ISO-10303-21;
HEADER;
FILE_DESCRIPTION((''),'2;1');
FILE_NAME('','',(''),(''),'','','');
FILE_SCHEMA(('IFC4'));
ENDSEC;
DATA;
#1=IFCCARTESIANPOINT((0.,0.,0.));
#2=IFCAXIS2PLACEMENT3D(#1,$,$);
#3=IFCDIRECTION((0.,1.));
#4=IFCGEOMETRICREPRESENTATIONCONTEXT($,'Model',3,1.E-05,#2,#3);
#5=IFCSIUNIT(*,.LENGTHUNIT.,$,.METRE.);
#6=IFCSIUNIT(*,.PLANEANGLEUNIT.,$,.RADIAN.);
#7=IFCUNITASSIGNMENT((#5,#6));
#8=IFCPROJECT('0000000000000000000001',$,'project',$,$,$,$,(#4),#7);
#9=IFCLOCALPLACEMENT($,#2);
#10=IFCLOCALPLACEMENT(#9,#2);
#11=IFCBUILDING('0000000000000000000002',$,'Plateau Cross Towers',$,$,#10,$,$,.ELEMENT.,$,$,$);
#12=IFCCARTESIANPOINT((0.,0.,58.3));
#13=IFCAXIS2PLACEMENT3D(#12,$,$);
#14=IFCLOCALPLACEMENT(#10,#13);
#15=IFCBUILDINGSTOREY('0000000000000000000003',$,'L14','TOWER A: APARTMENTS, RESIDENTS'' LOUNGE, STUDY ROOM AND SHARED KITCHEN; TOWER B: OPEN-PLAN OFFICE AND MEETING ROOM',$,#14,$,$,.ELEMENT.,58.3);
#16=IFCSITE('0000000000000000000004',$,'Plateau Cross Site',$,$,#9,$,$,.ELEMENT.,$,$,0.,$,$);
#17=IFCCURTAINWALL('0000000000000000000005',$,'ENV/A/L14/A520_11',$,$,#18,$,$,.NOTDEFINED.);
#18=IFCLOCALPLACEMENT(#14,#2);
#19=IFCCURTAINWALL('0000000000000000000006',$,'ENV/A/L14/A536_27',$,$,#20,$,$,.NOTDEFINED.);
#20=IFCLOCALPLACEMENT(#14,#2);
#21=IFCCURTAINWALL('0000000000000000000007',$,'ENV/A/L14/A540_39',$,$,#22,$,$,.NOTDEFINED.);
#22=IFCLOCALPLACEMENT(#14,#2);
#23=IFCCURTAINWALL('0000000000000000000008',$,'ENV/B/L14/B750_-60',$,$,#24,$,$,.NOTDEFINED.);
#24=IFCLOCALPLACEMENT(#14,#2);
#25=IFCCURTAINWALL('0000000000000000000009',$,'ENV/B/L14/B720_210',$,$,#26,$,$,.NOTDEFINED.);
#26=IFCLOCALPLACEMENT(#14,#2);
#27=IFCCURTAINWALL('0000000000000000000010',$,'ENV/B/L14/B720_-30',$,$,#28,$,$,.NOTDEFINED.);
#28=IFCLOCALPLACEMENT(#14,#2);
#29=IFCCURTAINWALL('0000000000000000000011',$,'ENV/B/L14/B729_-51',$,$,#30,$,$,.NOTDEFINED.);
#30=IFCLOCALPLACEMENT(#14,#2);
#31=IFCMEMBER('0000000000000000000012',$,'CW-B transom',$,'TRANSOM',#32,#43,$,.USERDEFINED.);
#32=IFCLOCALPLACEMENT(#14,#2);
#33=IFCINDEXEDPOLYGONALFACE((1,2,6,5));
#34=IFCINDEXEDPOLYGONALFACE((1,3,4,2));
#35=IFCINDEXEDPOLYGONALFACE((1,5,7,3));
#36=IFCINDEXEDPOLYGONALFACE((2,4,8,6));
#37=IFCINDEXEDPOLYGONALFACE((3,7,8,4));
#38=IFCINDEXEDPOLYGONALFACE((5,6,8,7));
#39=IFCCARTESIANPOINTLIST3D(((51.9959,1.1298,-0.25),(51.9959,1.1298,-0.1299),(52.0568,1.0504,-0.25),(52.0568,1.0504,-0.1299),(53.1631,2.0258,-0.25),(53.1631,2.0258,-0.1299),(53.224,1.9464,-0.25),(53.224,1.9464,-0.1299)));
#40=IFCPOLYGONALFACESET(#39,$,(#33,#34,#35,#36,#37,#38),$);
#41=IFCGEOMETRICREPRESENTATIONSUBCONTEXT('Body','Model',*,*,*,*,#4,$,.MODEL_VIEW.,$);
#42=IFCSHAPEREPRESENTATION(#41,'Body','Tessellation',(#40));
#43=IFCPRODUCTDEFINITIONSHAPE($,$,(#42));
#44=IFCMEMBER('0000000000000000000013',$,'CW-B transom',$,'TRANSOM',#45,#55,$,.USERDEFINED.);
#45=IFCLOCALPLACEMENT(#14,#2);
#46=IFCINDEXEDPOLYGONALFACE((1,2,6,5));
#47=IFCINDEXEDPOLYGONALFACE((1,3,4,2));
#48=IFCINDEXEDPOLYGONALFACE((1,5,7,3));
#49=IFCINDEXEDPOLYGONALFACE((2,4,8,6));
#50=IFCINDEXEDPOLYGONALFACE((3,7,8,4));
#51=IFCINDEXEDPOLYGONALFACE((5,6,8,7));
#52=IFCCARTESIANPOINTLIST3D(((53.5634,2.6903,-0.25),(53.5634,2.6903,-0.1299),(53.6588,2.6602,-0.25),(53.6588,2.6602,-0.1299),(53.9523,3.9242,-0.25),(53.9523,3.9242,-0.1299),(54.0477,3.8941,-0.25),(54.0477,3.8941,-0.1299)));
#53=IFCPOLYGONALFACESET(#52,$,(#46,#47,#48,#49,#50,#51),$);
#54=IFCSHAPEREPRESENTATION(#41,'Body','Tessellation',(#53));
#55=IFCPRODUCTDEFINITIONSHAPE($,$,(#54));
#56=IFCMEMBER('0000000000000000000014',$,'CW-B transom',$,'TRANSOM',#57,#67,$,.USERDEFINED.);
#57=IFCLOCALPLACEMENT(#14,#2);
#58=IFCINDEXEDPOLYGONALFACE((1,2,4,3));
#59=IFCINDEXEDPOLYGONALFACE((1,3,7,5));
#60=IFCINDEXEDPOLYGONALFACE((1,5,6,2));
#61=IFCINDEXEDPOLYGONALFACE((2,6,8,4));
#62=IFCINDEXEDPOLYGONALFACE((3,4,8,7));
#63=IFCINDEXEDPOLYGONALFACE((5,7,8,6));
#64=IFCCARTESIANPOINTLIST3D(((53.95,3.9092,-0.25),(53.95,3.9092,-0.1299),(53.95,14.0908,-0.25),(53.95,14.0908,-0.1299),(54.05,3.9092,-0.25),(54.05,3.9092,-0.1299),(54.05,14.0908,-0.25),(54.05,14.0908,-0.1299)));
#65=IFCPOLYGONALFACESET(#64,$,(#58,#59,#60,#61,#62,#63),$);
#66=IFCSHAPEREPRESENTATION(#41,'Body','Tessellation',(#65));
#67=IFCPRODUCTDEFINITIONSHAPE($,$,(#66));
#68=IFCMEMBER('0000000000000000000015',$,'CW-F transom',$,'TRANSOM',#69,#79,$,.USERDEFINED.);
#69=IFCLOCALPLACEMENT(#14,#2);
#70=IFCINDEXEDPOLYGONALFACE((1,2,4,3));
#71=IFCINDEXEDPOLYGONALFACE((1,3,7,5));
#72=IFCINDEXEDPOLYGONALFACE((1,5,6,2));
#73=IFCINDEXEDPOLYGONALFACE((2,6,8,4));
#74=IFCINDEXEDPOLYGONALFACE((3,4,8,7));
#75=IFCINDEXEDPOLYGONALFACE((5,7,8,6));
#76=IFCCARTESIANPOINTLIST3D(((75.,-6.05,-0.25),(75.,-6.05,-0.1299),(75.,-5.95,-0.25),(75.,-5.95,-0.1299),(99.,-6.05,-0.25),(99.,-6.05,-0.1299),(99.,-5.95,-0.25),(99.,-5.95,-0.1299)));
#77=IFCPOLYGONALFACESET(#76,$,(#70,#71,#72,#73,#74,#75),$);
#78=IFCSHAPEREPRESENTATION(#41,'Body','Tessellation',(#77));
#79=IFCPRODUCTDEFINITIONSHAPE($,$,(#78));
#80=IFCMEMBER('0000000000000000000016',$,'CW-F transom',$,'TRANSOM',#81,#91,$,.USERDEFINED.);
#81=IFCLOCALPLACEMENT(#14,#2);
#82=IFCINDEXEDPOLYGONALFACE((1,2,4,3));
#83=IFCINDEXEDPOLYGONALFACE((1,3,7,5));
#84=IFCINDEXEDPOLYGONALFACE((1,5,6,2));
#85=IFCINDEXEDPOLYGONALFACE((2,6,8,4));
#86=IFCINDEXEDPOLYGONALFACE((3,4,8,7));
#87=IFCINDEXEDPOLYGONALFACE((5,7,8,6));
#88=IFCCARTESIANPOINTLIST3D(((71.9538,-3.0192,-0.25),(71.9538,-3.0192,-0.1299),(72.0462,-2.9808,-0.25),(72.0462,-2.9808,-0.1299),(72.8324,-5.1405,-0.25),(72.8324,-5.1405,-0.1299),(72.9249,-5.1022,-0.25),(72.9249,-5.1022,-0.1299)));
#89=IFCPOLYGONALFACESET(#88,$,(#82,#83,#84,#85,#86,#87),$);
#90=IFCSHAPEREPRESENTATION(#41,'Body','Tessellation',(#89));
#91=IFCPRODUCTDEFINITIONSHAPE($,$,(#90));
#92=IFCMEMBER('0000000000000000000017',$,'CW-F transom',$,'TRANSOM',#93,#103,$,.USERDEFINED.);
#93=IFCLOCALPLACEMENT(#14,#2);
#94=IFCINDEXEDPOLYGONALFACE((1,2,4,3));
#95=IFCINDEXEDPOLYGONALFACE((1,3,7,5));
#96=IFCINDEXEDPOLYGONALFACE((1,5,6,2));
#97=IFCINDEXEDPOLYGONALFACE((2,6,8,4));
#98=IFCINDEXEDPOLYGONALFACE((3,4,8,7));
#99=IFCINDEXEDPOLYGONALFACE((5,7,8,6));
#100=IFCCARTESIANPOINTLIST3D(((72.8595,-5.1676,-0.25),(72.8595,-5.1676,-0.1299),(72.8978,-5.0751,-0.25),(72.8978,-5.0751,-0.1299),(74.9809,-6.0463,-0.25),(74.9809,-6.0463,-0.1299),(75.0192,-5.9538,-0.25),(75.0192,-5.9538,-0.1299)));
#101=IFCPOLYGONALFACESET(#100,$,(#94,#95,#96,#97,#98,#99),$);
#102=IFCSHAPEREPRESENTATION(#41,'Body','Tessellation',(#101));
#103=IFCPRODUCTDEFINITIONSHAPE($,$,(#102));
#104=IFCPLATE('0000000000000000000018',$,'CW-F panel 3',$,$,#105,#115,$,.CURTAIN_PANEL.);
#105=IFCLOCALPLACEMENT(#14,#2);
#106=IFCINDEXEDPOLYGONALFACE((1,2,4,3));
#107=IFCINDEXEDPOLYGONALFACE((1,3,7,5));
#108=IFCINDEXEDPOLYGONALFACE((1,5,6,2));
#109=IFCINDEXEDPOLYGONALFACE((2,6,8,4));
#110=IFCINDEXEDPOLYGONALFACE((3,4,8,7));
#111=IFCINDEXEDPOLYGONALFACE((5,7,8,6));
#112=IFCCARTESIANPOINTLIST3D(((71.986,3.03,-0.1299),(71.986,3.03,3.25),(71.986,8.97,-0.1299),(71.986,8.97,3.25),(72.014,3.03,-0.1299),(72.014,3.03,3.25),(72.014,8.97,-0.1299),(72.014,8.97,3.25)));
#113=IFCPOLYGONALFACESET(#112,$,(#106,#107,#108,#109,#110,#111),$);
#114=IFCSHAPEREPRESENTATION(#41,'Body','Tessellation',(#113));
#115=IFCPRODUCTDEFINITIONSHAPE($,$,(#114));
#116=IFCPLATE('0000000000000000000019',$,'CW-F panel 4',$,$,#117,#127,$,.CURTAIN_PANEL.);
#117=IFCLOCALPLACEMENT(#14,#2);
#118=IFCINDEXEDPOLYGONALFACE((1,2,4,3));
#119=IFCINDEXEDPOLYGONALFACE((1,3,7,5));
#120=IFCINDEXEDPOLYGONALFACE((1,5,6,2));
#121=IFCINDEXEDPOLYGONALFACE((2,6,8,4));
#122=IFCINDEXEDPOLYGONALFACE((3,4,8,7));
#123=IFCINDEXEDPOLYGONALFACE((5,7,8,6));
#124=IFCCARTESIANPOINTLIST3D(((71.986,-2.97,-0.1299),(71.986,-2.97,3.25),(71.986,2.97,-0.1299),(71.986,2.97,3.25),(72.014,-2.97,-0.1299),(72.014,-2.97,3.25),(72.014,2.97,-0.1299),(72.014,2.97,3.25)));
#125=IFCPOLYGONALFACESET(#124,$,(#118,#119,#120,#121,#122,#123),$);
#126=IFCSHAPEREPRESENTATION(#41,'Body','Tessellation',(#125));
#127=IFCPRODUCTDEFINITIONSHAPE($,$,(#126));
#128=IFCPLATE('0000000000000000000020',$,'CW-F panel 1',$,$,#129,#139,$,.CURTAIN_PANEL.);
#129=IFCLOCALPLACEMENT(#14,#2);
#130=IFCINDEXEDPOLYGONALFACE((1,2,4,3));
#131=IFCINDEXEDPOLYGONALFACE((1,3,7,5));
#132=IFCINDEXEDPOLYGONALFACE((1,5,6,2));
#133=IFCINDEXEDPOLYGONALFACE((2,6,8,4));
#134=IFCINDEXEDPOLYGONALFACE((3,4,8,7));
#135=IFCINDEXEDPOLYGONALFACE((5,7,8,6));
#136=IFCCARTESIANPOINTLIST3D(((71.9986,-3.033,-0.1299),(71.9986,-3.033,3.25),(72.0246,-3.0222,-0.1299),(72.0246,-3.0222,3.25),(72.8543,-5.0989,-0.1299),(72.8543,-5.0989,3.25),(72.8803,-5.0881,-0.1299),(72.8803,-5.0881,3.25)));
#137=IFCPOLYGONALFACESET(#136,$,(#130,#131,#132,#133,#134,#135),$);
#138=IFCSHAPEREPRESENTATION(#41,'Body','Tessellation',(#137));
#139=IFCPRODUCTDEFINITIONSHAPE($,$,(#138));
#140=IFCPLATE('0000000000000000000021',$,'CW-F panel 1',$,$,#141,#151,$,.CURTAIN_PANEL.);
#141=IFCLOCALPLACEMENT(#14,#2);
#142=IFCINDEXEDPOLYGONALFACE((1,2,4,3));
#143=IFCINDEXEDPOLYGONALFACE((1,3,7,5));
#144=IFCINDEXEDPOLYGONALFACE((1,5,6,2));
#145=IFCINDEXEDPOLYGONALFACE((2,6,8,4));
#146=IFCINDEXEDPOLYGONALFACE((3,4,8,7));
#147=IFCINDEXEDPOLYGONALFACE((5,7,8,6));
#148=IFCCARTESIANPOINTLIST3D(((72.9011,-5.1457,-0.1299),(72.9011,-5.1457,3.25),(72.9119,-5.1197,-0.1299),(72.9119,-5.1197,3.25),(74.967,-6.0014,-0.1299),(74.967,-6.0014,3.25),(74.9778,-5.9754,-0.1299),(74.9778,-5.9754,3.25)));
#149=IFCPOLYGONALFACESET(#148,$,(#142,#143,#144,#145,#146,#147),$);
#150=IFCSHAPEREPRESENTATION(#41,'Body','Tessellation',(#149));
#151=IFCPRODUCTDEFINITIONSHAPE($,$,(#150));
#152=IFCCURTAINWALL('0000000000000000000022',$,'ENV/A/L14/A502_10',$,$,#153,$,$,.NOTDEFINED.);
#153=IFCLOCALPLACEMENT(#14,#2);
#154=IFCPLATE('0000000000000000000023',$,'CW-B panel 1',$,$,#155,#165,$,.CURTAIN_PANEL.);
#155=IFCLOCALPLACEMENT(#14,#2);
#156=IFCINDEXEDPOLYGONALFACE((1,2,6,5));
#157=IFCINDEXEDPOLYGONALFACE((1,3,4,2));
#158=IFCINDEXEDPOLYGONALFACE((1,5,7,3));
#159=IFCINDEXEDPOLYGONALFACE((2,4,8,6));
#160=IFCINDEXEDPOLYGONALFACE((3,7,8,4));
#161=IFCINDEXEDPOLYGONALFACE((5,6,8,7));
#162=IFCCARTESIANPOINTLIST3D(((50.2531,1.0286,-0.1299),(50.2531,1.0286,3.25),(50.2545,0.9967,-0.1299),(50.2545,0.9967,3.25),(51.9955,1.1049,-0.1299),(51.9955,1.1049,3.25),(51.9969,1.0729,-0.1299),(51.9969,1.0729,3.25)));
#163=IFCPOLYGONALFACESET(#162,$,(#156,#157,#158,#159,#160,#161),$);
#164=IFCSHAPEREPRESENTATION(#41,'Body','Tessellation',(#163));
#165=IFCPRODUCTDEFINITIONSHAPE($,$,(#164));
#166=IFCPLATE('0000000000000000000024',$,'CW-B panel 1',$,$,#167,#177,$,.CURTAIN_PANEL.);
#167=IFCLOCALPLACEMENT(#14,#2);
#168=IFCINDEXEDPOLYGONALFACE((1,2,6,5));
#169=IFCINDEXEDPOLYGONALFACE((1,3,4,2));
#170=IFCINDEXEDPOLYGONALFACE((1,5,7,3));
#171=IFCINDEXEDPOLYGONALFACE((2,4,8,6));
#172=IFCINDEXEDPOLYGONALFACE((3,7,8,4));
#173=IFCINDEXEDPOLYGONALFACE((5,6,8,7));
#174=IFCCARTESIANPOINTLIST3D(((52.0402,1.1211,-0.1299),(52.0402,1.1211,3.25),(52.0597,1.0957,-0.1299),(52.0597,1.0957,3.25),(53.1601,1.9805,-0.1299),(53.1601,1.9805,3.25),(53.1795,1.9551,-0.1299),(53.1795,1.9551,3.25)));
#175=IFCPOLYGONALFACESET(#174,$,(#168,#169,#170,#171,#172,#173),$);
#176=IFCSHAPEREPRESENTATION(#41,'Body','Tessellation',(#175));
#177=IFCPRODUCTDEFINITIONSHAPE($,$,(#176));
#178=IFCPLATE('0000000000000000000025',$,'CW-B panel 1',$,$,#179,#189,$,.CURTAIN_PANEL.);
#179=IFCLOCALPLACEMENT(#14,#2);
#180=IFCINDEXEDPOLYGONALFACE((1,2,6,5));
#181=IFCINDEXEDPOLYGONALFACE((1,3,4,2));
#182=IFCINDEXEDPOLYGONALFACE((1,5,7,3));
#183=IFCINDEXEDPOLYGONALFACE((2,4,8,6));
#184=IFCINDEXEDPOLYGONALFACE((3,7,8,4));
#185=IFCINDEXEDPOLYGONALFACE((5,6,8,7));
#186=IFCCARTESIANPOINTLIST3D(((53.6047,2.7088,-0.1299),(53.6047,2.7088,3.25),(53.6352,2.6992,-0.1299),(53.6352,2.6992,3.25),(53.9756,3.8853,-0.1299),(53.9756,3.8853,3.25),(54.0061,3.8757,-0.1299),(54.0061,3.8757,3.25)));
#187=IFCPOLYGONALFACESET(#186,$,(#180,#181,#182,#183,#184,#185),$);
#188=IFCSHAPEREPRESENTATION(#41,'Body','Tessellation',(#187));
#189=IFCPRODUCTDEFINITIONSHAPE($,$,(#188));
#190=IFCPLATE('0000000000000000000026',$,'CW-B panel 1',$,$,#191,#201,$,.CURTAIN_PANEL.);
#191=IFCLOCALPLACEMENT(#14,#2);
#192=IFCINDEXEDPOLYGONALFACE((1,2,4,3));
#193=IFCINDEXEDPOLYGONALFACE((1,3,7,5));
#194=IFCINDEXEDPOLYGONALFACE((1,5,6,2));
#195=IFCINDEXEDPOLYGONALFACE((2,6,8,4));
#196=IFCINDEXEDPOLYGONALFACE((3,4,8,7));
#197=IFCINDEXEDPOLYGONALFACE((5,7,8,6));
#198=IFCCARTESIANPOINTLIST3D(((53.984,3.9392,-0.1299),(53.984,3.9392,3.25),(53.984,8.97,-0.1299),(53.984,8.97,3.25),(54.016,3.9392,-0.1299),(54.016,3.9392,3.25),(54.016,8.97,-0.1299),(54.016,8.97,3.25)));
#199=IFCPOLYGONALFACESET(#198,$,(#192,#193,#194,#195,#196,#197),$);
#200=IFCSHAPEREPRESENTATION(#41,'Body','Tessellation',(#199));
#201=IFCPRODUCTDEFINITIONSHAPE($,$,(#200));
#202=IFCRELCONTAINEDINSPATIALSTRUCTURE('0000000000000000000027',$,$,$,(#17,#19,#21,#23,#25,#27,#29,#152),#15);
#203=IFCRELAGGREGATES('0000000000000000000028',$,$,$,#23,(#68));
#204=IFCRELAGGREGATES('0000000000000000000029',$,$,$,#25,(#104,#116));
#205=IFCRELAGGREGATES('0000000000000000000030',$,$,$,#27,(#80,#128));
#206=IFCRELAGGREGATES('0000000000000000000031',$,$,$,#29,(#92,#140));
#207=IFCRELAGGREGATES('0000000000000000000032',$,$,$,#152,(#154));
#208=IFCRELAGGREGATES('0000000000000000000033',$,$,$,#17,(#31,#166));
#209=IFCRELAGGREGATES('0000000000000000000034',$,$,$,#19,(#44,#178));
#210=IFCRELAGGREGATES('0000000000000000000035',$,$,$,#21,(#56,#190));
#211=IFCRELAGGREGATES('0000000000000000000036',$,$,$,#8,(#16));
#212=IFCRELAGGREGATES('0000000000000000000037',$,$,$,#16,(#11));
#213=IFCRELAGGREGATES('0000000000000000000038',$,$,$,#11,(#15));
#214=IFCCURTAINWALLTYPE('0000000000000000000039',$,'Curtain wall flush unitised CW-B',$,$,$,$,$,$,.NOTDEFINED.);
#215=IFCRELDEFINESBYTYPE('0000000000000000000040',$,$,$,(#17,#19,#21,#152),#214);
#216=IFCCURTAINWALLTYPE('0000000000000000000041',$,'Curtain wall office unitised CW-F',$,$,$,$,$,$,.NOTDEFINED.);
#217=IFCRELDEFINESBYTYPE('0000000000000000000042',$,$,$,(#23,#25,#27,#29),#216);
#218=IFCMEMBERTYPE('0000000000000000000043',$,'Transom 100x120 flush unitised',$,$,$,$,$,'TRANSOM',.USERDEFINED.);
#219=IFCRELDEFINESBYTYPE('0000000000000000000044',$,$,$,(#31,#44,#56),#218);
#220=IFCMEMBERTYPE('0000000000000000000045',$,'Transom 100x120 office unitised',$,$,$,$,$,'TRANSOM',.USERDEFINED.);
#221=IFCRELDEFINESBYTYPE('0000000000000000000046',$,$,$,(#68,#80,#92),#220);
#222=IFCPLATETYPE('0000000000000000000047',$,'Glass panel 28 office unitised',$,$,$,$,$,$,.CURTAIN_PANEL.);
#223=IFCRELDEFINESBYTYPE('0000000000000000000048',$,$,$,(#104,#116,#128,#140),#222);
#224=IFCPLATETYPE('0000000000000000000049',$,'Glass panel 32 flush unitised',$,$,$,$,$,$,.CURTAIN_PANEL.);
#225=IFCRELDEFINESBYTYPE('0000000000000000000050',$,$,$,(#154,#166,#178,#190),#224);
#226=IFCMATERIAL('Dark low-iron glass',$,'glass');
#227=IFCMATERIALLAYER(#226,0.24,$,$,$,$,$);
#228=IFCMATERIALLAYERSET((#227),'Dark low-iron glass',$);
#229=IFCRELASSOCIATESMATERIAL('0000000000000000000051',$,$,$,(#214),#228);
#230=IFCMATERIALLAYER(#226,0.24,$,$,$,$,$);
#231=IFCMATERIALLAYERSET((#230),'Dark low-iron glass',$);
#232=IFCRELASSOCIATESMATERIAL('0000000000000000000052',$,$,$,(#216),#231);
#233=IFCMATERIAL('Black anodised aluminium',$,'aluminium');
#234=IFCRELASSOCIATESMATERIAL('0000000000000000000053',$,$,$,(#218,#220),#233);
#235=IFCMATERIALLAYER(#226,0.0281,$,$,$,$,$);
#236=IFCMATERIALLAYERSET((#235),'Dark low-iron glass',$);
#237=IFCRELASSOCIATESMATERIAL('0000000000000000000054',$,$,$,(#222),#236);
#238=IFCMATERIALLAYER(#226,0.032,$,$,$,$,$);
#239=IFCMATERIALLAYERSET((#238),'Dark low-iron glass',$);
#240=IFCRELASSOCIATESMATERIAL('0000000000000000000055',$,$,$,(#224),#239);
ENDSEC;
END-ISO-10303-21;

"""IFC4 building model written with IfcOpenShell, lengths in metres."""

from ifc_helpers import new_model, si_unit, direction, frame, origin, origin_2d, place, context, subcontext, project, spatial, rectangle, extrude, material, layer, layer_set, material_profile, profile_set, type_object, element, aggregate, save


model = new_model("IFC4")

# Units and contexts
model_context = context("Model", 3, precision=1e-05, world=origin(), true_north=direction((0.0, 1.0)))
body_context = subcontext(model_context, "Body", "Model", "MODEL_VIEW")
ifc_project = project(units=[si_unit("LENGTHUNIT", "METRE"), si_unit("PLANEANGLEUNIT", "RADIAN")], contexts=[model_context])

# Site, building, storey
site_placement = place(None, origin())
site = spatial("IfcSite", under=ifc_project, at=site_placement, Name="Plateau Cross Site", CompositionType="ELEMENT", RefElevation=0.0)
building_placement = place(site_placement, origin())
building = spatial("IfcBuilding", under=site, at=building_placement, Name="Plateau Cross Towers", CompositionType="ELEMENT")
storey_placement = place(building_placement, frame((0.0, 0.0, 58.3)))
storey = spatial("IfcBuildingStorey", under=building, at=storey_placement, Name="L14", Description="TOWER A: APARTMENTS, RESIDENTS' LOUNGE, STUDY ROOM AND SHARED KITCHEN; TOWER B: OPEN-PLAN OFFICE AND MEETING ROOM", CompositionType="ELEMENT", Elevation=58.3)

# Curtain wall
ifc_material_1 = material(Name="Dark low-iron glass", Category="glass")
ifc_layer_1 = layer(ifc_material_1, 0.24)
ifc_layer_set_1 = layer_set([ifc_layer_1], Name="Dark low-iron glass")
curtain_wall_type_1 = type_object("IfcCurtainWallType", Name="Curtain wall flush unitised CW-B", PredefinedType="NOTDEFINED", material=ifc_layer_set_1)
curtain_wall_1_placement = place(storey_placement, origin())
curtain_wall_1 = element("IfcCurtainWall", 1, at=curtain_wall_1_placement, inside=storey, type_object=curtain_wall_type_1, Name="ENV/A/L14/A520_11", PredefinedType="NOTDEFINED")
ifc_material_2 = material(Name="Black anodised aluminium", Category="aluminium")

# Curtain wall
curtain_wall_2_placement = place(storey_placement, origin())
curtain_wall_2 = element("IfcCurtainWall", 2, at=curtain_wall_2_placement, inside=storey, type_object=curtain_wall_type_1, Name="ENV/A/L14/A536_27", PredefinedType="NOTDEFINED")

# Curtain wall
curtain_wall_3_placement = place(storey_placement, origin())
curtain_wall_3 = element("IfcCurtainWall", 3, at=curtain_wall_3_placement, inside=storey, type_object=curtain_wall_type_1, Name="ENV/A/L14/A540_39", PredefinedType="NOTDEFINED")

# Curtain wall
ifc_layer_2 = layer(ifc_material_1, 0.24)
ifc_layer_set_2 = layer_set([ifc_layer_2], Name="Dark low-iron glass")
curtain_wall_type_2 = type_object("IfcCurtainWallType", Name="Curtain wall office unitised CW-F", PredefinedType="NOTDEFINED", material=ifc_layer_set_2)
curtain_wall_4_placement = place(storey_placement, origin())
curtain_wall_4 = element("IfcCurtainWall", 4, at=curtain_wall_4_placement, inside=storey, type_object=curtain_wall_type_2, Name="ENV/B/L14/B750_-60", PredefinedType="NOTDEFINED")

# Curtain wall
curtain_wall_5_placement = place(storey_placement, origin())
curtain_wall_5 = element("IfcCurtainWall", 5, at=curtain_wall_5_placement, inside=storey, type_object=curtain_wall_type_2, Name="ENV/B/L14/B720_210", PredefinedType="NOTDEFINED")

# Curtain walls
curtain_wall_6_placement = place(storey_placement, origin())
curtain_wall_6 = element("IfcCurtainWall", 6, at=curtain_wall_6_placement, inside=storey, type_object=curtain_wall_type_2, Name="ENV/B/L14/B720_-30", PredefinedType="NOTDEFINED")
curtain_wall_7_placement = place(storey_placement, origin())
curtain_wall_7 = element("IfcCurtainWall", 7, at=curtain_wall_7_placement, inside=storey, type_object=curtain_wall_type_2, Name="ENV/B/L14/B729_-51", PredefinedType="NOTDEFINED")

# Members
ifc_material_profile_1 = material_profile(ifc_material_2, rectangle(XDim=0.1001, YDim=0.1201, at=origin_2d()), Name="TRANSOM 100x120")
ifc_profile_set_1 = profile_set([ifc_material_profile_1], Name="Black anodised aluminium")
member_type_1 = type_object("IfcMemberType", Name="Transom 100x120 flush unitised", ElementType="TRANSOM", PredefinedType="USERDEFINED", material=ifc_profile_set_1)
member_1_placement = place(storey_placement, frame((52.0264, 1.0901, -0.1899), z_axis=(0.79324, 0.608909, 0.0), x_axis=(-0.608909, 0.79324, 0.0)))
member_1 = element("IfcMember", 8, at=member_1_placement, type_object=member_type_1, Name="CW-B transom", ObjectType="TRANSOM", PredefinedType="USERDEFINED", context=body_context, shape_type="SweptSolid", body=[
    extrude(rectangle(XDim=0.1001, YDim=0.1201, at=origin_2d()), origin(), (0.0, 0.0, 1.0), 1.4714),
])
member_2_placement = place(storey_placement, frame((53.6111, 2.6753, -0.1899), z_axis=(0.300617, 0.953745, 0.0), x_axis=(-0.953745, 0.300617, 0.0)))
member_2 = element("IfcMember", 9, at=member_2_placement, type_object=member_type_1, Name="CW-B transom", ObjectType="TRANSOM", PredefinedType="USERDEFINED", context=body_context, shape_type="SweptSolid", body=[
    extrude(rectangle(XDim=0.1001, YDim=0.1201, at=origin_2d()), origin(), (0.0, 0.0, 1.0), 1.2937),
])
member_3_placement = place(storey_placement, frame((54.0, 3.9092, -0.1899), z_axis=(0.0, 1.0, 0.0), x_axis=(-1.0, 0.0, 0.0)))
member_3 = element("IfcMember", 10, at=member_3_placement, type_object=member_type_1, Name="CW-B transom", ObjectType="TRANSOM", PredefinedType="USERDEFINED", context=body_context, shape_type="SweptSolid", body=[
    extrude(rectangle(XDim=0.1001, YDim=0.1201, at=origin_2d()), origin(), (0.0, 0.0, 1.0), 10.1816),
])
ifc_material_profile_2 = material_profile(ifc_material_2, rectangle(XDim=0.1001, YDim=0.1201, at=origin_2d()), Name="TRANSOM 100x120")
ifc_profile_set_2 = profile_set([ifc_material_profile_2], Name="Black anodised aluminium")
member_type_2 = type_object("IfcMemberType", Name="Transom 100x120 office unitised", ElementType="TRANSOM", PredefinedType="USERDEFINED", material=ifc_profile_set_2)
member_4_placement = place(storey_placement, frame((75.0, -6.0, -0.1899), z_axis=(1.0, 0.0, 0.0), x_axis=(0.0, 1.0, 0.0)))
member_4 = element("IfcMember", 11, at=member_4_placement, type_object=member_type_2, Name="CW-F transom", ObjectType="TRANSOM", PredefinedType="USERDEFINED", context=body_context, shape_type="SweptSolid", body=[
    extrude(rectangle(XDim=0.1001, YDim=0.1201, at=origin_2d()), origin(), (0.0, 0.0, 1.0), 24.0),
])
aggregate(curtain_wall_4, [member_4])
member_5_placement = place(storey_placement, frame((72.0, -3.0, -0.1899), z_axis=(0.382674, -0.923883, 0.0), x_axis=(0.923883, 0.382674, 0.0)))
member_5 = element("IfcMember", 12, at=member_5_placement, type_object=member_type_2, Name="CW-F transom", ObjectType="TRANSOM", PredefinedType="USERDEFINED", context=body_context, shape_type="SweptSolid", body=[
    extrude(rectangle(XDim=0.1001, YDim=0.1201, at=origin_2d()), origin(), (0.0, 0.0, 1.0), 2.2961),
])
member_6_placement = place(storey_placement, frame((72.8787, -5.1213, -0.1899), z_axis=(0.923883, -0.382674, 0.0), x_axis=(0.382674, 0.923883, 0.0)))
member_6 = element("IfcMember", 13, at=member_6_placement, type_object=member_type_2, Name="CW-F transom", ObjectType="TRANSOM", PredefinedType="USERDEFINED", context=body_context, shape_type="SweptSolid", body=[
    extrude(rectangle(XDim=0.1001, YDim=0.1201, at=origin_2d()), origin(), (0.0, 0.0, 1.0), 2.2961),
])

# Plates
ifc_layer_3 = layer(ifc_material_1, 0.0281)
ifc_layer_set_3 = layer_set([ifc_layer_3], Name="Dark low-iron glass")
plate_type_1 = type_object("IfcPlateType", Name="Glass panel 28 office unitised", PredefinedType="CURTAIN_PANEL", material=ifc_layer_set_3)
plate_1_placement = place(storey_placement, frame((72.0, 6.0, -0.1299), z_axis=(0.0, 0.0, 1.0), x_axis=(0.0, -1.0, 0.0)))
plate_1 = element("IfcPlate", 14, at=plate_1_placement, type_object=plate_type_1, Name="CW-F panel 3", PredefinedType="CURTAIN_PANEL", context=body_context, shape_type="SweptSolid", body=[
    extrude(rectangle(XDim=5.9399, YDim=0.0281, at=origin_2d()), origin(), (0.0, 0.0, 1.0), 3.3799),
])
plate_2_placement = place(storey_placement, frame((72.0, 0.0, -0.1299), z_axis=(0.0, 0.0, 1.0), x_axis=(0.0, -1.0, 0.0)))
plate_2 = element("IfcPlate", 15, at=plate_2_placement, type_object=plate_type_1, Name="CW-F panel 4", PredefinedType="CURTAIN_PANEL", context=body_context, shape_type="SweptSolid", body=[
    extrude(rectangle(XDim=5.9399, YDim=0.0281, at=origin_2d()), origin(), (0.0, 0.0, 1.0), 3.3799),
])
aggregate(curtain_wall_5, [plate_1, plate_2])
plate_3_placement = place(storey_placement, frame((72.4395, -4.0605, -0.1299), z_axis=(0.0, 0.0, 1.0), x_axis=(0.382684, -0.923879, 0.0)))
plate_3 = element("IfcPlate", 16, at=plate_3_placement, type_object=plate_type_1, Name="CW-F panel 1", PredefinedType="CURTAIN_PANEL", context=body_context, shape_type="SweptSolid", body=[
    extrude(rectangle(XDim=2.2361, YDim=0.0281, at=origin_2d()), origin(), (0.0, 0.0, 1.0), 3.3799),
])
aggregate(curtain_wall_6, [member_5, plate_3])
plate_4_placement = place(storey_placement, frame((73.9395, -5.5605, -0.1299), z_axis=(0.0, 0.0, 1.0), x_axis=(0.923879, -0.382684, 0.0)))
plate_4 = element("IfcPlate", 17, at=plate_4_placement, type_object=plate_type_1, Name="CW-F panel 1", PredefinedType="CURTAIN_PANEL", context=body_context, shape_type="SweptSolid", body=[
    extrude(rectangle(XDim=2.2361, YDim=0.0281, at=origin_2d()), origin(), (0.0, 0.0, 1.0), 3.3799),
])
aggregate(curtain_wall_7, [member_6, plate_4])

# Curtain wall, plate
curtain_wall_8_placement = place(storey_placement, origin())
curtain_wall_8 = element("IfcCurtainWall", 18, at=curtain_wall_8_placement, inside=storey, type_object=curtain_wall_type_1, Name="ENV/A/L14/A502_10", PredefinedType="NOTDEFINED")
ifc_layer_4 = layer(ifc_material_1, 0.032)
ifc_layer_set_4 = layer_set([ifc_layer_4], Name="Dark low-iron glass")
plate_type_2 = type_object("IfcPlateType", Name="Glass panel 32 flush unitised", PredefinedType="CURTAIN_PANEL", material=ifc_layer_set_4)
plate_5_placement = place(storey_placement, frame((51.125, 1.0508, -0.1299), z_axis=(0.0, 0.0, 1.0), x_axis=(0.999044, 0.043723, 0.0)))
plate_5 = element("IfcPlate", 19, at=plate_5_placement, type_object=plate_type_2, Name="CW-B panel 1", PredefinedType="CURTAIN_PANEL", context=body_context, shape_type="SweptSolid", body=[
    extrude(rectangle(XDim=1.7441, YDim=0.032, at=origin_2d()), origin(), (0.0, 0.0, 1.0), 3.3799),
])
aggregate(curtain_wall_8, [plate_5])

# Plates
plate_6_placement = place(storey_placement, frame((52.6099, 1.5381, -0.1299), z_axis=(0.0, 0.0, 1.0), x_axis=(0.793316, 0.608811, 0.0)))
plate_6 = element("IfcPlate", 20, at=plate_6_placement, type_object=plate_type_2, Name="CW-B panel 1", PredefinedType="CURTAIN_PANEL", context=body_context, shape_type="SweptSolid", body=[
    extrude(rectangle(XDim=1.4116, YDim=0.032, at=origin_2d()), origin(), (0.0, 0.0, 1.0), 3.3799),
])
aggregate(curtain_wall_1, [member_1, plate_6])
plate_7_placement = place(storey_placement, frame((53.8054, 3.2922, -0.1299), z_axis=(0.0, 0.0, 1.0), x_axis=(0.300686, 0.953723, 0.0)))
plate_7 = element("IfcPlate", 21, at=plate_7_placement, type_object=plate_type_2, Name="CW-B panel 1", PredefinedType="CURTAIN_PANEL", context=body_context, shape_type="SweptSolid", body=[
    extrude(rectangle(XDim=1.2336, YDim=0.032, at=origin_2d()), origin(), (0.0, 0.0, 1.0), 3.3799),
])
aggregate(curtain_wall_2, [member_2, plate_7])
plate_8_placement = place(storey_placement, frame((54.0, 6.4546, -0.1299), z_axis=(0.0, 0.0, 1.0), x_axis=(0.0, 1.0, 0.0)))
plate_8 = element("IfcPlate", 22, at=plate_8_placement, type_object=plate_type_2, Name="CW-B panel 1", PredefinedType="CURTAIN_PANEL", context=body_context, shape_type="SweptSolid", body=[
    extrude(rectangle(XDim=5.0308, YDim=0.032, at=origin_2d()), origin(), (0.0, 0.0, 1.0), 3.3799),
])
aggregate(curtain_wall_3, [member_3, plate_8])

save(model, "model.ifc")
